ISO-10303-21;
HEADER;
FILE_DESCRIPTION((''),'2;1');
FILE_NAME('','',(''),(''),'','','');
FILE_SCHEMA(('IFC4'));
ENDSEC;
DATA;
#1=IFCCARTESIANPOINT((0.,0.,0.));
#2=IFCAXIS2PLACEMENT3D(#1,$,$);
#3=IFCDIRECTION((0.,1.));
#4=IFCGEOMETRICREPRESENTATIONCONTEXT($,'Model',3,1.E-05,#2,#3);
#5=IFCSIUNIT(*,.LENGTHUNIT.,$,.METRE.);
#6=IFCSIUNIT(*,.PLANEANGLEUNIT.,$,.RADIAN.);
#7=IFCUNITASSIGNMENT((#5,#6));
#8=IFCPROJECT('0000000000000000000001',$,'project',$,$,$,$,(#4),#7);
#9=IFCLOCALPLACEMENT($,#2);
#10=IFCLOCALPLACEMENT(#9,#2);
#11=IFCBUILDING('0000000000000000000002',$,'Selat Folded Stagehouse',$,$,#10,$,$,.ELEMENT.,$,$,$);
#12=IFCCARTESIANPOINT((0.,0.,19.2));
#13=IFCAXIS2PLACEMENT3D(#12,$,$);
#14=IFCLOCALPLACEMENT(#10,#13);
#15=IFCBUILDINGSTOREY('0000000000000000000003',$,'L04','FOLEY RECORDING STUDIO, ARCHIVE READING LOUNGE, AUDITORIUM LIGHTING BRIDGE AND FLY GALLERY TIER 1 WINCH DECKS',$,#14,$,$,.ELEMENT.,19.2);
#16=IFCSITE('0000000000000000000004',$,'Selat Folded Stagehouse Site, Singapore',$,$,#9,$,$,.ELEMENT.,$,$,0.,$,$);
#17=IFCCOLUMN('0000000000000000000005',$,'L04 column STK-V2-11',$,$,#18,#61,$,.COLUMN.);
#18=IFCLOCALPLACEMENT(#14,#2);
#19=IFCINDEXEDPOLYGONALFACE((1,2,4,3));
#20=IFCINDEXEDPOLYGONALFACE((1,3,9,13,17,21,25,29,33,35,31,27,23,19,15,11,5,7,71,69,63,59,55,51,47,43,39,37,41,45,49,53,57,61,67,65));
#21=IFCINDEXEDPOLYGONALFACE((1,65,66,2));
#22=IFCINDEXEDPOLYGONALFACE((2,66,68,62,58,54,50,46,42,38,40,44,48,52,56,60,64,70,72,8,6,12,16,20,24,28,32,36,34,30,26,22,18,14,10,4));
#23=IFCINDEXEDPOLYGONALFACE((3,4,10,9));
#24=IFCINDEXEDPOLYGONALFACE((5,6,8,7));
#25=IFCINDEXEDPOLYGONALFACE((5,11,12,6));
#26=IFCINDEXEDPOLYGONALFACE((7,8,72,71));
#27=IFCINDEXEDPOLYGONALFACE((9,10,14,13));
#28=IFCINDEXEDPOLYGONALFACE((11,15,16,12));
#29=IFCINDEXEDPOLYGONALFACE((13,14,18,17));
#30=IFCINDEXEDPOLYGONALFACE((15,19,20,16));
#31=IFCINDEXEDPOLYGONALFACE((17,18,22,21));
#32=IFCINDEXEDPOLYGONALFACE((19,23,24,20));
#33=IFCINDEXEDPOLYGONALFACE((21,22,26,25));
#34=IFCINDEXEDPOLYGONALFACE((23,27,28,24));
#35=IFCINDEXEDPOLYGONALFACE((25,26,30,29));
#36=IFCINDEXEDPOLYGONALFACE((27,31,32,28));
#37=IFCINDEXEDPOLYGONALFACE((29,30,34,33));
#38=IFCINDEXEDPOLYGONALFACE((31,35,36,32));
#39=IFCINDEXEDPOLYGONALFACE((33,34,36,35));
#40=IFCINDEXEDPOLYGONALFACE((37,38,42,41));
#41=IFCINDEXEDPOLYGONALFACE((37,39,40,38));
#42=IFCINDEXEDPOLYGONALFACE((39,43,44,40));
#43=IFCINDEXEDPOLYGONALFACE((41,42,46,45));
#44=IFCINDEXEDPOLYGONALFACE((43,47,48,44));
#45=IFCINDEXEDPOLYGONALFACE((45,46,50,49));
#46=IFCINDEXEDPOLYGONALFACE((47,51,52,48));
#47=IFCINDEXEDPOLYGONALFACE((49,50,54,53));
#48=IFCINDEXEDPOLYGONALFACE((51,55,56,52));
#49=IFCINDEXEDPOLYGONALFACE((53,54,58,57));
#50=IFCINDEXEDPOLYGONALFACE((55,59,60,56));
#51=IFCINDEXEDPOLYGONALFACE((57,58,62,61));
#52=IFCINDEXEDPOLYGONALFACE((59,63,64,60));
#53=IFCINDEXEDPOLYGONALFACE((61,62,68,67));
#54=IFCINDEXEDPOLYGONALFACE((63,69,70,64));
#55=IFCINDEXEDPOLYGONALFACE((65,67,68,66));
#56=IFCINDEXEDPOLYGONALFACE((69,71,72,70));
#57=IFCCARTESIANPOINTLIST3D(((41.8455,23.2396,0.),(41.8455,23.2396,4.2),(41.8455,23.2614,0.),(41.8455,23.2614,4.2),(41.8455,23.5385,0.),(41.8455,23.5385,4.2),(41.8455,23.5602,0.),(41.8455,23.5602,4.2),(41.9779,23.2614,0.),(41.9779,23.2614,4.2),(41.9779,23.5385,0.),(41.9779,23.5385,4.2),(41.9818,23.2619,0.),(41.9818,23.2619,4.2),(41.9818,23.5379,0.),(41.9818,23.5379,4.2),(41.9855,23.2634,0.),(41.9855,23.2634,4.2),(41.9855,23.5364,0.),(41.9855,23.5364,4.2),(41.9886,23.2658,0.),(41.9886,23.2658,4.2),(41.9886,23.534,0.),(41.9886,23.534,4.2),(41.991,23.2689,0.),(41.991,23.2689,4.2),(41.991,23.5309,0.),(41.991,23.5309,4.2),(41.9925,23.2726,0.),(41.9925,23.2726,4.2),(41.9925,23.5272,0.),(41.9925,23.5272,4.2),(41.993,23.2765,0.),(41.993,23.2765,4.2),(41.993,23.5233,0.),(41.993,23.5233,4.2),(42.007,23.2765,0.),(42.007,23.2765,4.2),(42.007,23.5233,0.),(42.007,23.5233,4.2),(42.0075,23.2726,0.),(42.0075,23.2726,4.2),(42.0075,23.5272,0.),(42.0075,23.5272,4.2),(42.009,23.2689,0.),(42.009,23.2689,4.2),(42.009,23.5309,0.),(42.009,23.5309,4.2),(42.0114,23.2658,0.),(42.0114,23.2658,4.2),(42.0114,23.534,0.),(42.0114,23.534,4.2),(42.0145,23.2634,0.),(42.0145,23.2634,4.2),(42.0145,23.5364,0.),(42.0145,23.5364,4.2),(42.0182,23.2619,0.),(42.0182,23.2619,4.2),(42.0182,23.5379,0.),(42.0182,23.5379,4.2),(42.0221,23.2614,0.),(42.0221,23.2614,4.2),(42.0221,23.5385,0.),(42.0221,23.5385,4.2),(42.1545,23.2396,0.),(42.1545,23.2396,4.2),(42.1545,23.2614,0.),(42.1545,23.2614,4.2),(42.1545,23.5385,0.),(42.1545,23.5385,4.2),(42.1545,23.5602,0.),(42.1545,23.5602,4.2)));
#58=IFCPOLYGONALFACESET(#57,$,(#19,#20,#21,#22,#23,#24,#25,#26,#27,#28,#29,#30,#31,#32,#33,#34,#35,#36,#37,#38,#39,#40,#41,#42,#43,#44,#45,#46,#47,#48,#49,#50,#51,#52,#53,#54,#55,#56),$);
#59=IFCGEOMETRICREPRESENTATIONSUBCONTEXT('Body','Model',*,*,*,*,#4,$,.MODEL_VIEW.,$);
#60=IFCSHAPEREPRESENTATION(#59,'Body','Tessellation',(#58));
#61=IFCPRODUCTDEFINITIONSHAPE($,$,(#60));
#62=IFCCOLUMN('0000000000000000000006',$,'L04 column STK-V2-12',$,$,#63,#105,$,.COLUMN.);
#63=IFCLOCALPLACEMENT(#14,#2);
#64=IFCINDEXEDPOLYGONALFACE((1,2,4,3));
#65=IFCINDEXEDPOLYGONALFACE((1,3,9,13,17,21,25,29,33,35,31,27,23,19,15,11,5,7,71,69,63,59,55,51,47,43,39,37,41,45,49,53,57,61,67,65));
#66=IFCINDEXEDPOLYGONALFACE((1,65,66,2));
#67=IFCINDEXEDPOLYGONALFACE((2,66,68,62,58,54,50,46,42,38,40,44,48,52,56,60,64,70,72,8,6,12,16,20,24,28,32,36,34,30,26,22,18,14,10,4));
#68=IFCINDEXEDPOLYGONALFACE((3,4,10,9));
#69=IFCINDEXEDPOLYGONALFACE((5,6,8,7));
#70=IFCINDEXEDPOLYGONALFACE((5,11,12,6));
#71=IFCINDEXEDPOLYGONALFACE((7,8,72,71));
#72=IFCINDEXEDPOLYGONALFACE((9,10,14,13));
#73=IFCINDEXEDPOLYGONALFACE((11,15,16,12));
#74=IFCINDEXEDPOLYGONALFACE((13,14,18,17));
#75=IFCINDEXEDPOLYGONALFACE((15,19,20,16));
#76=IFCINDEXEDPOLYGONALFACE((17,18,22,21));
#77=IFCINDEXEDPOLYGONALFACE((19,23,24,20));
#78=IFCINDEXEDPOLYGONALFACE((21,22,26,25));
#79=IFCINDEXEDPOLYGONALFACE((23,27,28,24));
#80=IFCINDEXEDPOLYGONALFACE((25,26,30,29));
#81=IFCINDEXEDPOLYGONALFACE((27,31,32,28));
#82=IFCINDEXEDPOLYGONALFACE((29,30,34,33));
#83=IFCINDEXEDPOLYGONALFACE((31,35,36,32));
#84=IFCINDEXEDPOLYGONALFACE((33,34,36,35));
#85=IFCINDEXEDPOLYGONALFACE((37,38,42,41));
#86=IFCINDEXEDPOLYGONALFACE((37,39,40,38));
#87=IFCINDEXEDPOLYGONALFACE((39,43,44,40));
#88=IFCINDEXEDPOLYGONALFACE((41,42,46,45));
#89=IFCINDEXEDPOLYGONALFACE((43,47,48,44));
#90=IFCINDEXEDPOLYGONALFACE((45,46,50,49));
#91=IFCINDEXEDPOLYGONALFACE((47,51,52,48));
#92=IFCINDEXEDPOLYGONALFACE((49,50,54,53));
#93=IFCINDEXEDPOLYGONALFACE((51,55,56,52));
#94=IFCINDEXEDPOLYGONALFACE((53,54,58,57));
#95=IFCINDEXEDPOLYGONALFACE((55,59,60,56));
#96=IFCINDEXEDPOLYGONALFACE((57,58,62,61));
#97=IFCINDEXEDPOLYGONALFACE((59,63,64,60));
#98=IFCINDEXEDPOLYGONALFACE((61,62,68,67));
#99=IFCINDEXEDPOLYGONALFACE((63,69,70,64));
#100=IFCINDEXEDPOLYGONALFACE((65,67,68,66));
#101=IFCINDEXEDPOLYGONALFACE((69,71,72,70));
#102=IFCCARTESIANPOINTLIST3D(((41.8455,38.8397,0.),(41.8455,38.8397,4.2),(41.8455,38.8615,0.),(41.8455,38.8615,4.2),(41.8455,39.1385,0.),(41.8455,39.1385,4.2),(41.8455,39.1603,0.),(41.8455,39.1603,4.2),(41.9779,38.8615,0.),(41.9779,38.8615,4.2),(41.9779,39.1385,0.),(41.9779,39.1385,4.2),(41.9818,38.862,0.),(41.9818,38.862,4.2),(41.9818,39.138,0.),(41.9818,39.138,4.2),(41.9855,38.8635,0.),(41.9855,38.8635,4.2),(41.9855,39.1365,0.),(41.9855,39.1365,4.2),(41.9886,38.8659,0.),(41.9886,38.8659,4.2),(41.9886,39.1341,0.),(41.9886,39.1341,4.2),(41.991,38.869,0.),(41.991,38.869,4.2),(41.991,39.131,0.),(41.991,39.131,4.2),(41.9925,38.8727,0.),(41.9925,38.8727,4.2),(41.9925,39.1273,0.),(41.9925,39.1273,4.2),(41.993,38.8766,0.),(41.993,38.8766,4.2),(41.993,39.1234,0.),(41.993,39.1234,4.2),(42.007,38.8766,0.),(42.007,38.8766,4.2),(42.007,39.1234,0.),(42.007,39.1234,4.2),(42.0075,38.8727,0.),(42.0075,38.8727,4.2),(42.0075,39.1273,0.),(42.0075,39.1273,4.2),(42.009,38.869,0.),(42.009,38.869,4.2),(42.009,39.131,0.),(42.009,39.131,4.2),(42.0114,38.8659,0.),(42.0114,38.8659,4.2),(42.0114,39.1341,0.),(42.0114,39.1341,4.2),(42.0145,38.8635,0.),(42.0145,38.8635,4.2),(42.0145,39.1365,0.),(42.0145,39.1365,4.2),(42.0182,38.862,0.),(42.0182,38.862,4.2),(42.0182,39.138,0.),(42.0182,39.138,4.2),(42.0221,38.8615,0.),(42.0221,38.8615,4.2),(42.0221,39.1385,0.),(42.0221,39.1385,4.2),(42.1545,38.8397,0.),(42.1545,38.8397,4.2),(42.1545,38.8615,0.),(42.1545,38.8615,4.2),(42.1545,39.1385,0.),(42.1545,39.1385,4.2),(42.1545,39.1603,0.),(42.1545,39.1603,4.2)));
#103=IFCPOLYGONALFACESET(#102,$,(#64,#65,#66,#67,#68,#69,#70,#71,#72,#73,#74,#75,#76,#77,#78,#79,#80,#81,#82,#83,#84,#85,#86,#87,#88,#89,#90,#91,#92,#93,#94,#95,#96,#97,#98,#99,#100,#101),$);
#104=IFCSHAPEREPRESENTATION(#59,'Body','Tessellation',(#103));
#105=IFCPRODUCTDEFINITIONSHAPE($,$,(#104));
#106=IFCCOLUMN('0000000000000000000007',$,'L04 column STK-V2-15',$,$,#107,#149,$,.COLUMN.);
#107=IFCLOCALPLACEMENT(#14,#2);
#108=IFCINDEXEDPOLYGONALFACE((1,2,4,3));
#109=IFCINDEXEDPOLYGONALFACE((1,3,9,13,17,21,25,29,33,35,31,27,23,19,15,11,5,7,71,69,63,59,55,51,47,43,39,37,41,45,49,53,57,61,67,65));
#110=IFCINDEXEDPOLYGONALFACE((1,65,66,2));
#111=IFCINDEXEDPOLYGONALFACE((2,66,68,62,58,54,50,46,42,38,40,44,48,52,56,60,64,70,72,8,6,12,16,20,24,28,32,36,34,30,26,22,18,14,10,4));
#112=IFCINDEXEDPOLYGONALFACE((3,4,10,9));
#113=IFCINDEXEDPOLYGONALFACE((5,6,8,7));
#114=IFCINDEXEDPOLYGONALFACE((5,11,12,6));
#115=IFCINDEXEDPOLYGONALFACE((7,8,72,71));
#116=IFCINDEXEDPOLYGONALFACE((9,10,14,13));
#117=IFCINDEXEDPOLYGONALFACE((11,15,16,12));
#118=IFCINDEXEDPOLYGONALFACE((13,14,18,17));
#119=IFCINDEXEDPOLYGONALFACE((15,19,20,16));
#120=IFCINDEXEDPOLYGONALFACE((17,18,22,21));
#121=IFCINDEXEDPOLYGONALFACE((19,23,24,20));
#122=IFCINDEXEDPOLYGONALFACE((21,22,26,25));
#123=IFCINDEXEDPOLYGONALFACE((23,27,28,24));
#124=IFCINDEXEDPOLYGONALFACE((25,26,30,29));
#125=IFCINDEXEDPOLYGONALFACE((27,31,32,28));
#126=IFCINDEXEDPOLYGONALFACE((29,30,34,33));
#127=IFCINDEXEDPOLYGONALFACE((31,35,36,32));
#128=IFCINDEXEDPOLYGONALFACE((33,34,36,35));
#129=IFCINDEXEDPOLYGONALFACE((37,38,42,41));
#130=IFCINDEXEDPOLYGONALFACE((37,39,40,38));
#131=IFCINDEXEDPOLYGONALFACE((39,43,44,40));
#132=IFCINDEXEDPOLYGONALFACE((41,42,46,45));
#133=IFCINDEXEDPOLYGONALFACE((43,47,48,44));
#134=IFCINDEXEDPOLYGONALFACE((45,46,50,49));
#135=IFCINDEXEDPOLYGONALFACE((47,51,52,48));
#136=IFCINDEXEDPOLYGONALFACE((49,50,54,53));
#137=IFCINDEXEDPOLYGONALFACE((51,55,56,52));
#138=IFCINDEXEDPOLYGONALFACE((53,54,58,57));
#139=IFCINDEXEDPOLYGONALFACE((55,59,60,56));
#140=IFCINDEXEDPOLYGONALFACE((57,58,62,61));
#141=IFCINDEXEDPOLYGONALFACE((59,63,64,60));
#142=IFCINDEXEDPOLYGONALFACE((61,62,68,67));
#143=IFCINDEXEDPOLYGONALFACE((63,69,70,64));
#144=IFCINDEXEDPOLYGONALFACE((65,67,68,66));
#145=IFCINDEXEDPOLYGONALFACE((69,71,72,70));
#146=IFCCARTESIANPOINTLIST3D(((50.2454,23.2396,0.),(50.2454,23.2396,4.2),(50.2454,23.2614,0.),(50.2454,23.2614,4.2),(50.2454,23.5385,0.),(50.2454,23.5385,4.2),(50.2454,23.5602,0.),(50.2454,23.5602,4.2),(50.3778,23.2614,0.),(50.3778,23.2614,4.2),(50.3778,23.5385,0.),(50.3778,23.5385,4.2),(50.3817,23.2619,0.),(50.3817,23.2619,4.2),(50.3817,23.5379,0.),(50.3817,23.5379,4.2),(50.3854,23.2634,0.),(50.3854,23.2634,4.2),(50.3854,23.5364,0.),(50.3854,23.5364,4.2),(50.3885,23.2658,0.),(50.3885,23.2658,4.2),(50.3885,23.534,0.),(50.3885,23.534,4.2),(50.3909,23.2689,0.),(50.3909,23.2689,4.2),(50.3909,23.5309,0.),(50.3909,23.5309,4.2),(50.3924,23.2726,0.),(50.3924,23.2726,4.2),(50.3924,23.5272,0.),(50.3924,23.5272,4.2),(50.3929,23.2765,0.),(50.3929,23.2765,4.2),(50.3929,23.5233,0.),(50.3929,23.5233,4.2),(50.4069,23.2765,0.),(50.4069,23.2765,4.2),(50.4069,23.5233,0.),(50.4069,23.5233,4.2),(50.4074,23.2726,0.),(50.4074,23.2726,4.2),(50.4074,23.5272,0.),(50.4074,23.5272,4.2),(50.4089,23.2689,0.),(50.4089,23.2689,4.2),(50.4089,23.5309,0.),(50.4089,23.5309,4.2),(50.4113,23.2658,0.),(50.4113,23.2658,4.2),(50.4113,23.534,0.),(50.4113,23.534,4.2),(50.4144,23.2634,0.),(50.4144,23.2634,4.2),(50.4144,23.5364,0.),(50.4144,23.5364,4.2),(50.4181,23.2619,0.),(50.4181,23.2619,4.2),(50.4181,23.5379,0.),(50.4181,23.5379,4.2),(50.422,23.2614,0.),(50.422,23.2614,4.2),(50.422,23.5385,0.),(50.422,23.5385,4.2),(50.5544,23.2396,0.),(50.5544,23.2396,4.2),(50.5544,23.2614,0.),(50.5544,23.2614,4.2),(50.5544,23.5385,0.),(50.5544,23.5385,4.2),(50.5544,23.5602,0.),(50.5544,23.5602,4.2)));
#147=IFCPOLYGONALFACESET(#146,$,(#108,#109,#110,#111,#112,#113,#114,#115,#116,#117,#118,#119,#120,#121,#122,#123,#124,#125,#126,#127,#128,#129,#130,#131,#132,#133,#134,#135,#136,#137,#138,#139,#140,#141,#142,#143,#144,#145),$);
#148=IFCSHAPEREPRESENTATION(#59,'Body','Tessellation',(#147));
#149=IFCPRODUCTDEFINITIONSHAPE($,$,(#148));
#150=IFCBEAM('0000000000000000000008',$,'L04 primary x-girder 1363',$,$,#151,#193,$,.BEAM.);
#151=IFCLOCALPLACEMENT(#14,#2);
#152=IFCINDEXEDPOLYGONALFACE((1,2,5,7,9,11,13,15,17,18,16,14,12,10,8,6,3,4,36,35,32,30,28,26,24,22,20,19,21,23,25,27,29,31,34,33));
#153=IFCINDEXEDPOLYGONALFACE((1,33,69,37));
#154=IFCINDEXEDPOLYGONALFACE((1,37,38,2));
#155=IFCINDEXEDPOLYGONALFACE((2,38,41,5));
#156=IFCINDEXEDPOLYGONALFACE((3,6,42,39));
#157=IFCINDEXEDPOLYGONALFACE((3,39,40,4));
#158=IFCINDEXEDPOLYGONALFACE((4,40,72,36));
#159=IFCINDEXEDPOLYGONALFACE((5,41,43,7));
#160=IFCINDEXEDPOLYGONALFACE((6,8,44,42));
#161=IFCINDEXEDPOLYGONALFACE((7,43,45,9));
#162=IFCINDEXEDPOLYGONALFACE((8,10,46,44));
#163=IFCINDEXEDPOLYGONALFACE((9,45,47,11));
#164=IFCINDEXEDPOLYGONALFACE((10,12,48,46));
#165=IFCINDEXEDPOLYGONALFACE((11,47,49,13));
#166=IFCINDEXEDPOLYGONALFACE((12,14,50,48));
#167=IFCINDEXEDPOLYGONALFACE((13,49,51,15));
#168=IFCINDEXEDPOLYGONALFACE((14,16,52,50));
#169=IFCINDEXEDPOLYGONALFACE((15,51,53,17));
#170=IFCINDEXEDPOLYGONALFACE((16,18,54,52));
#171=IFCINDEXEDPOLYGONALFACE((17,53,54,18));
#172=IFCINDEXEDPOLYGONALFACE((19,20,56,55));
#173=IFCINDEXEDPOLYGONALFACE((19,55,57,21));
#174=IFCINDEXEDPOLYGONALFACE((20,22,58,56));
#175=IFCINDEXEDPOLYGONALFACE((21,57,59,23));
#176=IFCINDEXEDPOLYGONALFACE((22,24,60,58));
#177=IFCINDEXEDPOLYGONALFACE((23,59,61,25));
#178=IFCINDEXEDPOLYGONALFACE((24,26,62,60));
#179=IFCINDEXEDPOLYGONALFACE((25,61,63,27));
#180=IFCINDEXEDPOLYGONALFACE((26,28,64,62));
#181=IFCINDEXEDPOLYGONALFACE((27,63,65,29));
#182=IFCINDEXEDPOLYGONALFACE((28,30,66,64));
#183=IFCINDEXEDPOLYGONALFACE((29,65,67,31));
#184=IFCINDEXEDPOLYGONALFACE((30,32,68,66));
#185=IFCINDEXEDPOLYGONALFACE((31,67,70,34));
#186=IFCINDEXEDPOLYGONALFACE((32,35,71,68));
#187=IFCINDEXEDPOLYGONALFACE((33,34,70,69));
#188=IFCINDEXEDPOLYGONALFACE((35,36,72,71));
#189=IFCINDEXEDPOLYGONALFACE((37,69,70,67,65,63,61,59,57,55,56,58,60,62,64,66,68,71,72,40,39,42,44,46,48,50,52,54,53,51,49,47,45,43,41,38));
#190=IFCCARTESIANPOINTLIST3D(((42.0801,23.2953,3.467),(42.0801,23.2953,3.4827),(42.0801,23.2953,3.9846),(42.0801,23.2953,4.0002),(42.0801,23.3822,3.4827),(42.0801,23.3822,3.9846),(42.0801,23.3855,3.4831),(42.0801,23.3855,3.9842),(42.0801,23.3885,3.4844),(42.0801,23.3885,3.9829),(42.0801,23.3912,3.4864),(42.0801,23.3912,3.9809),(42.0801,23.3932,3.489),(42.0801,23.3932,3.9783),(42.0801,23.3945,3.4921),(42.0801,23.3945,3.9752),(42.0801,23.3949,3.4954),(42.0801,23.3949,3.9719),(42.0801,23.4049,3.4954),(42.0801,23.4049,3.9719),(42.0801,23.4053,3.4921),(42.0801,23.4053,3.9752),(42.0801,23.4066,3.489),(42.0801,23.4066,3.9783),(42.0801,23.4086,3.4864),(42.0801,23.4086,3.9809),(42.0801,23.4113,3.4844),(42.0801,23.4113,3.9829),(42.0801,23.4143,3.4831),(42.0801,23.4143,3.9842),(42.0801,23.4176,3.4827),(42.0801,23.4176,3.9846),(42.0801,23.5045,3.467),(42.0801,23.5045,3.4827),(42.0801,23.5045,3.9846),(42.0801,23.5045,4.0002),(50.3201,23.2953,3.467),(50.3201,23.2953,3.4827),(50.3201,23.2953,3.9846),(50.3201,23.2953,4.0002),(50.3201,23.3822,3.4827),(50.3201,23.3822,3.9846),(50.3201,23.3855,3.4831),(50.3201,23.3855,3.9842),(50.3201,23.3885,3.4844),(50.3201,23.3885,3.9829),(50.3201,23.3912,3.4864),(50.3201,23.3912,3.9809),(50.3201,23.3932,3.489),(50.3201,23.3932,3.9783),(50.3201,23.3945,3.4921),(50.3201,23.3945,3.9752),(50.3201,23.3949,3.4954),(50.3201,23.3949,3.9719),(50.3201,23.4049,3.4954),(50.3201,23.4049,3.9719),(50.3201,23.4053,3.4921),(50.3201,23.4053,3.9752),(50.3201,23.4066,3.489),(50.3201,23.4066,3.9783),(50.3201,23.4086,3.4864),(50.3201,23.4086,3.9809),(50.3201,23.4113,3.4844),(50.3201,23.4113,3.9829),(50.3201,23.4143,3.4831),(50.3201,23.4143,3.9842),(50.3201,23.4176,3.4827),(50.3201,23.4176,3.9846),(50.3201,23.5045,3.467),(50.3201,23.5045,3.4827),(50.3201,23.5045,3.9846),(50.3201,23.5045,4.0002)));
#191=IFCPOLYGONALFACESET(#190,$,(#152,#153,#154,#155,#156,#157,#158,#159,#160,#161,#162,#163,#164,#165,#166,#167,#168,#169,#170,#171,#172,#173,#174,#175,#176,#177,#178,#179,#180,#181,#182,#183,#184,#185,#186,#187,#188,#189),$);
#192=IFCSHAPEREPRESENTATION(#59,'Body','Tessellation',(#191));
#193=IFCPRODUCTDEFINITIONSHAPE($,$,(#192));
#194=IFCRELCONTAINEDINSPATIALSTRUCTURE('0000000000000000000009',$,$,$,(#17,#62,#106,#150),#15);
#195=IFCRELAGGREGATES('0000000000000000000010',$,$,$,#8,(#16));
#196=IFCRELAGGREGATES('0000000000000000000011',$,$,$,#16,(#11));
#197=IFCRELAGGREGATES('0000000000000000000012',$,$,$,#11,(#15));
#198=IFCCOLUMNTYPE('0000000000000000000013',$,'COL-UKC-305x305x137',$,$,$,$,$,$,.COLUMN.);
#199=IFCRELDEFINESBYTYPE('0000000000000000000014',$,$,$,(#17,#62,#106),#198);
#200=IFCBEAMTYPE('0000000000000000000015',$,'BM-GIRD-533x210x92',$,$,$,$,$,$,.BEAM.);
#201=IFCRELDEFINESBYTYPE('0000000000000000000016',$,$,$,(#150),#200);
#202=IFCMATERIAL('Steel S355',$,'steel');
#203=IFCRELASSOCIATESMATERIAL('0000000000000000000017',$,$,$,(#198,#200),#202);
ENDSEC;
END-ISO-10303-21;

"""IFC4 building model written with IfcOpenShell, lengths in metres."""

from ifc_helpers import new_model, si_unit, direction, frame, origin, origin_2d, place, context, subcontext, project, spatial, i_section, extrude, material, material_profile, profile_set, type_object, element, save


model = new_model("IFC4")

# Units and contexts
model_context = context("Model", 3, precision=1e-05, world=origin(), true_north=direction((0.0, 1.0)))
body_context = subcontext(model_context, "Body", "Model", "MODEL_VIEW")
ifc_project = project(units=[si_unit("LENGTHUNIT", "METRE"), si_unit("PLANEANGLEUNIT", "RADIAN")], contexts=[model_context])

# Site, building, storey
site_placement = place(None, origin())
site = spatial("IfcSite", under=ifc_project, at=site_placement, Name="Selat Folded Stagehouse Site, Singapore", CompositionType="ELEMENT", RefElevation=0.0)
building_placement = place(site_placement, origin())
building = spatial("IfcBuilding", under=site, at=building_placement, Name="Selat Folded Stagehouse", CompositionType="ELEMENT")
storey_placement = place(building_placement, frame((0.0, 0.0, 19.2)))
storey = spatial("IfcBuildingStorey", under=building, at=storey_placement, Name="L04", Description="FOLEY RECORDING STUDIO, ARCHIVE READING LOUNGE, AUDITORIUM LIGHTING BRIDGE AND FLY GALLERY TIER 1 WINCH DECKS", CompositionType="ELEMENT", Elevation=19.2)

# Columns
ifc_material_1 = material(Name="Steel S355", Category="steel")
ifc_material_profile_1 = material_profile(ifc_material_1, i_section(OverallWidth=0.3091, OverallDepth=0.3206, WebThickness=0.0139, FlangeThickness=0.0217, FilletRadius=0.0151, at=origin_2d()), Name="UKC 305x305x137")
ifc_profile_set_1 = profile_set([ifc_material_profile_1], Name="Steel S355")
column_type = type_object("IfcColumnType", Name="COL-UKC-305x305x137", PredefinedType="COLUMN", material=ifc_profile_set_1)
for number, where, z_axis, x_axis, name in (
    (1, (42.0, 23.3999, 0.0), (0.0, 0.0, 1.0), (1.0, 0.0, 0.0), "L04 column STK-V2-11"),
    (2, (42.0, 39.0, 0.0), (0.0, 0.0, 1.0), (1.0, 0.0, 0.0), "L04 column STK-V2-12"),
    (3, (50.3999, 23.3999, 0.0), (0.0, 0.0, 1.0), (1.0, 0.0, 0.0), "L04 column STK-V2-15"),
):
    element("IfcColumn", number, at=place(storey_placement, frame(where, z_axis=z_axis, x_axis=x_axis)), inside=storey, type_object=column_type, Name=name, PredefinedType="COLUMN", context=body_context, shape_type="SweptSolid", body=[
        extrude(i_section(OverallWidth=0.3091, OverallDepth=0.3206, WebThickness=0.0139, FlangeThickness=0.0217, FilletRadius=0.0151, at=origin_2d()), origin(), (0.0, 0.0, 1.0), 4.2),
    ])

# Beam
ifc_material_profile_2 = material_profile(ifc_material_1, i_section(OverallWidth=0.2092, OverallDepth=0.5332, WebThickness=0.01, FlangeThickness=0.0156, FilletRadius=0.0127, at=origin_2d()), Name="UKB 533x210x92")
ifc_profile_set_2 = profile_set([ifc_material_profile_2], Name="Steel S355")
beam_type = type_object("IfcBeamType", Name="BM-GIRD-533x210x92", PredefinedType="BEAM", material=ifc_profile_set_2)
for number, where, z_axis, x_axis, name in (
    (4, (42.0801, 23.3999, 3.7336), (1.0, 0.0, 0.0), (0.0, 1.0, 0.0), "L04 primary x-girder 1363"),
):
    element("IfcBeam", number, at=place(storey_placement, frame(where, z_axis=z_axis, x_axis=x_axis)), inside=storey, type_object=beam_type, Name=name, PredefinedType="BEAM", context=body_context, shape_type="SweptSolid", body=[
        extrude(i_section(OverallWidth=0.2092, OverallDepth=0.5332, WebThickness=0.01, FlangeThickness=0.0156, FilletRadius=0.0127, at=origin_2d()), origin(), (0.0, 0.0, 1.0), 8.24),
    ])

save(model, "model.ifc")
